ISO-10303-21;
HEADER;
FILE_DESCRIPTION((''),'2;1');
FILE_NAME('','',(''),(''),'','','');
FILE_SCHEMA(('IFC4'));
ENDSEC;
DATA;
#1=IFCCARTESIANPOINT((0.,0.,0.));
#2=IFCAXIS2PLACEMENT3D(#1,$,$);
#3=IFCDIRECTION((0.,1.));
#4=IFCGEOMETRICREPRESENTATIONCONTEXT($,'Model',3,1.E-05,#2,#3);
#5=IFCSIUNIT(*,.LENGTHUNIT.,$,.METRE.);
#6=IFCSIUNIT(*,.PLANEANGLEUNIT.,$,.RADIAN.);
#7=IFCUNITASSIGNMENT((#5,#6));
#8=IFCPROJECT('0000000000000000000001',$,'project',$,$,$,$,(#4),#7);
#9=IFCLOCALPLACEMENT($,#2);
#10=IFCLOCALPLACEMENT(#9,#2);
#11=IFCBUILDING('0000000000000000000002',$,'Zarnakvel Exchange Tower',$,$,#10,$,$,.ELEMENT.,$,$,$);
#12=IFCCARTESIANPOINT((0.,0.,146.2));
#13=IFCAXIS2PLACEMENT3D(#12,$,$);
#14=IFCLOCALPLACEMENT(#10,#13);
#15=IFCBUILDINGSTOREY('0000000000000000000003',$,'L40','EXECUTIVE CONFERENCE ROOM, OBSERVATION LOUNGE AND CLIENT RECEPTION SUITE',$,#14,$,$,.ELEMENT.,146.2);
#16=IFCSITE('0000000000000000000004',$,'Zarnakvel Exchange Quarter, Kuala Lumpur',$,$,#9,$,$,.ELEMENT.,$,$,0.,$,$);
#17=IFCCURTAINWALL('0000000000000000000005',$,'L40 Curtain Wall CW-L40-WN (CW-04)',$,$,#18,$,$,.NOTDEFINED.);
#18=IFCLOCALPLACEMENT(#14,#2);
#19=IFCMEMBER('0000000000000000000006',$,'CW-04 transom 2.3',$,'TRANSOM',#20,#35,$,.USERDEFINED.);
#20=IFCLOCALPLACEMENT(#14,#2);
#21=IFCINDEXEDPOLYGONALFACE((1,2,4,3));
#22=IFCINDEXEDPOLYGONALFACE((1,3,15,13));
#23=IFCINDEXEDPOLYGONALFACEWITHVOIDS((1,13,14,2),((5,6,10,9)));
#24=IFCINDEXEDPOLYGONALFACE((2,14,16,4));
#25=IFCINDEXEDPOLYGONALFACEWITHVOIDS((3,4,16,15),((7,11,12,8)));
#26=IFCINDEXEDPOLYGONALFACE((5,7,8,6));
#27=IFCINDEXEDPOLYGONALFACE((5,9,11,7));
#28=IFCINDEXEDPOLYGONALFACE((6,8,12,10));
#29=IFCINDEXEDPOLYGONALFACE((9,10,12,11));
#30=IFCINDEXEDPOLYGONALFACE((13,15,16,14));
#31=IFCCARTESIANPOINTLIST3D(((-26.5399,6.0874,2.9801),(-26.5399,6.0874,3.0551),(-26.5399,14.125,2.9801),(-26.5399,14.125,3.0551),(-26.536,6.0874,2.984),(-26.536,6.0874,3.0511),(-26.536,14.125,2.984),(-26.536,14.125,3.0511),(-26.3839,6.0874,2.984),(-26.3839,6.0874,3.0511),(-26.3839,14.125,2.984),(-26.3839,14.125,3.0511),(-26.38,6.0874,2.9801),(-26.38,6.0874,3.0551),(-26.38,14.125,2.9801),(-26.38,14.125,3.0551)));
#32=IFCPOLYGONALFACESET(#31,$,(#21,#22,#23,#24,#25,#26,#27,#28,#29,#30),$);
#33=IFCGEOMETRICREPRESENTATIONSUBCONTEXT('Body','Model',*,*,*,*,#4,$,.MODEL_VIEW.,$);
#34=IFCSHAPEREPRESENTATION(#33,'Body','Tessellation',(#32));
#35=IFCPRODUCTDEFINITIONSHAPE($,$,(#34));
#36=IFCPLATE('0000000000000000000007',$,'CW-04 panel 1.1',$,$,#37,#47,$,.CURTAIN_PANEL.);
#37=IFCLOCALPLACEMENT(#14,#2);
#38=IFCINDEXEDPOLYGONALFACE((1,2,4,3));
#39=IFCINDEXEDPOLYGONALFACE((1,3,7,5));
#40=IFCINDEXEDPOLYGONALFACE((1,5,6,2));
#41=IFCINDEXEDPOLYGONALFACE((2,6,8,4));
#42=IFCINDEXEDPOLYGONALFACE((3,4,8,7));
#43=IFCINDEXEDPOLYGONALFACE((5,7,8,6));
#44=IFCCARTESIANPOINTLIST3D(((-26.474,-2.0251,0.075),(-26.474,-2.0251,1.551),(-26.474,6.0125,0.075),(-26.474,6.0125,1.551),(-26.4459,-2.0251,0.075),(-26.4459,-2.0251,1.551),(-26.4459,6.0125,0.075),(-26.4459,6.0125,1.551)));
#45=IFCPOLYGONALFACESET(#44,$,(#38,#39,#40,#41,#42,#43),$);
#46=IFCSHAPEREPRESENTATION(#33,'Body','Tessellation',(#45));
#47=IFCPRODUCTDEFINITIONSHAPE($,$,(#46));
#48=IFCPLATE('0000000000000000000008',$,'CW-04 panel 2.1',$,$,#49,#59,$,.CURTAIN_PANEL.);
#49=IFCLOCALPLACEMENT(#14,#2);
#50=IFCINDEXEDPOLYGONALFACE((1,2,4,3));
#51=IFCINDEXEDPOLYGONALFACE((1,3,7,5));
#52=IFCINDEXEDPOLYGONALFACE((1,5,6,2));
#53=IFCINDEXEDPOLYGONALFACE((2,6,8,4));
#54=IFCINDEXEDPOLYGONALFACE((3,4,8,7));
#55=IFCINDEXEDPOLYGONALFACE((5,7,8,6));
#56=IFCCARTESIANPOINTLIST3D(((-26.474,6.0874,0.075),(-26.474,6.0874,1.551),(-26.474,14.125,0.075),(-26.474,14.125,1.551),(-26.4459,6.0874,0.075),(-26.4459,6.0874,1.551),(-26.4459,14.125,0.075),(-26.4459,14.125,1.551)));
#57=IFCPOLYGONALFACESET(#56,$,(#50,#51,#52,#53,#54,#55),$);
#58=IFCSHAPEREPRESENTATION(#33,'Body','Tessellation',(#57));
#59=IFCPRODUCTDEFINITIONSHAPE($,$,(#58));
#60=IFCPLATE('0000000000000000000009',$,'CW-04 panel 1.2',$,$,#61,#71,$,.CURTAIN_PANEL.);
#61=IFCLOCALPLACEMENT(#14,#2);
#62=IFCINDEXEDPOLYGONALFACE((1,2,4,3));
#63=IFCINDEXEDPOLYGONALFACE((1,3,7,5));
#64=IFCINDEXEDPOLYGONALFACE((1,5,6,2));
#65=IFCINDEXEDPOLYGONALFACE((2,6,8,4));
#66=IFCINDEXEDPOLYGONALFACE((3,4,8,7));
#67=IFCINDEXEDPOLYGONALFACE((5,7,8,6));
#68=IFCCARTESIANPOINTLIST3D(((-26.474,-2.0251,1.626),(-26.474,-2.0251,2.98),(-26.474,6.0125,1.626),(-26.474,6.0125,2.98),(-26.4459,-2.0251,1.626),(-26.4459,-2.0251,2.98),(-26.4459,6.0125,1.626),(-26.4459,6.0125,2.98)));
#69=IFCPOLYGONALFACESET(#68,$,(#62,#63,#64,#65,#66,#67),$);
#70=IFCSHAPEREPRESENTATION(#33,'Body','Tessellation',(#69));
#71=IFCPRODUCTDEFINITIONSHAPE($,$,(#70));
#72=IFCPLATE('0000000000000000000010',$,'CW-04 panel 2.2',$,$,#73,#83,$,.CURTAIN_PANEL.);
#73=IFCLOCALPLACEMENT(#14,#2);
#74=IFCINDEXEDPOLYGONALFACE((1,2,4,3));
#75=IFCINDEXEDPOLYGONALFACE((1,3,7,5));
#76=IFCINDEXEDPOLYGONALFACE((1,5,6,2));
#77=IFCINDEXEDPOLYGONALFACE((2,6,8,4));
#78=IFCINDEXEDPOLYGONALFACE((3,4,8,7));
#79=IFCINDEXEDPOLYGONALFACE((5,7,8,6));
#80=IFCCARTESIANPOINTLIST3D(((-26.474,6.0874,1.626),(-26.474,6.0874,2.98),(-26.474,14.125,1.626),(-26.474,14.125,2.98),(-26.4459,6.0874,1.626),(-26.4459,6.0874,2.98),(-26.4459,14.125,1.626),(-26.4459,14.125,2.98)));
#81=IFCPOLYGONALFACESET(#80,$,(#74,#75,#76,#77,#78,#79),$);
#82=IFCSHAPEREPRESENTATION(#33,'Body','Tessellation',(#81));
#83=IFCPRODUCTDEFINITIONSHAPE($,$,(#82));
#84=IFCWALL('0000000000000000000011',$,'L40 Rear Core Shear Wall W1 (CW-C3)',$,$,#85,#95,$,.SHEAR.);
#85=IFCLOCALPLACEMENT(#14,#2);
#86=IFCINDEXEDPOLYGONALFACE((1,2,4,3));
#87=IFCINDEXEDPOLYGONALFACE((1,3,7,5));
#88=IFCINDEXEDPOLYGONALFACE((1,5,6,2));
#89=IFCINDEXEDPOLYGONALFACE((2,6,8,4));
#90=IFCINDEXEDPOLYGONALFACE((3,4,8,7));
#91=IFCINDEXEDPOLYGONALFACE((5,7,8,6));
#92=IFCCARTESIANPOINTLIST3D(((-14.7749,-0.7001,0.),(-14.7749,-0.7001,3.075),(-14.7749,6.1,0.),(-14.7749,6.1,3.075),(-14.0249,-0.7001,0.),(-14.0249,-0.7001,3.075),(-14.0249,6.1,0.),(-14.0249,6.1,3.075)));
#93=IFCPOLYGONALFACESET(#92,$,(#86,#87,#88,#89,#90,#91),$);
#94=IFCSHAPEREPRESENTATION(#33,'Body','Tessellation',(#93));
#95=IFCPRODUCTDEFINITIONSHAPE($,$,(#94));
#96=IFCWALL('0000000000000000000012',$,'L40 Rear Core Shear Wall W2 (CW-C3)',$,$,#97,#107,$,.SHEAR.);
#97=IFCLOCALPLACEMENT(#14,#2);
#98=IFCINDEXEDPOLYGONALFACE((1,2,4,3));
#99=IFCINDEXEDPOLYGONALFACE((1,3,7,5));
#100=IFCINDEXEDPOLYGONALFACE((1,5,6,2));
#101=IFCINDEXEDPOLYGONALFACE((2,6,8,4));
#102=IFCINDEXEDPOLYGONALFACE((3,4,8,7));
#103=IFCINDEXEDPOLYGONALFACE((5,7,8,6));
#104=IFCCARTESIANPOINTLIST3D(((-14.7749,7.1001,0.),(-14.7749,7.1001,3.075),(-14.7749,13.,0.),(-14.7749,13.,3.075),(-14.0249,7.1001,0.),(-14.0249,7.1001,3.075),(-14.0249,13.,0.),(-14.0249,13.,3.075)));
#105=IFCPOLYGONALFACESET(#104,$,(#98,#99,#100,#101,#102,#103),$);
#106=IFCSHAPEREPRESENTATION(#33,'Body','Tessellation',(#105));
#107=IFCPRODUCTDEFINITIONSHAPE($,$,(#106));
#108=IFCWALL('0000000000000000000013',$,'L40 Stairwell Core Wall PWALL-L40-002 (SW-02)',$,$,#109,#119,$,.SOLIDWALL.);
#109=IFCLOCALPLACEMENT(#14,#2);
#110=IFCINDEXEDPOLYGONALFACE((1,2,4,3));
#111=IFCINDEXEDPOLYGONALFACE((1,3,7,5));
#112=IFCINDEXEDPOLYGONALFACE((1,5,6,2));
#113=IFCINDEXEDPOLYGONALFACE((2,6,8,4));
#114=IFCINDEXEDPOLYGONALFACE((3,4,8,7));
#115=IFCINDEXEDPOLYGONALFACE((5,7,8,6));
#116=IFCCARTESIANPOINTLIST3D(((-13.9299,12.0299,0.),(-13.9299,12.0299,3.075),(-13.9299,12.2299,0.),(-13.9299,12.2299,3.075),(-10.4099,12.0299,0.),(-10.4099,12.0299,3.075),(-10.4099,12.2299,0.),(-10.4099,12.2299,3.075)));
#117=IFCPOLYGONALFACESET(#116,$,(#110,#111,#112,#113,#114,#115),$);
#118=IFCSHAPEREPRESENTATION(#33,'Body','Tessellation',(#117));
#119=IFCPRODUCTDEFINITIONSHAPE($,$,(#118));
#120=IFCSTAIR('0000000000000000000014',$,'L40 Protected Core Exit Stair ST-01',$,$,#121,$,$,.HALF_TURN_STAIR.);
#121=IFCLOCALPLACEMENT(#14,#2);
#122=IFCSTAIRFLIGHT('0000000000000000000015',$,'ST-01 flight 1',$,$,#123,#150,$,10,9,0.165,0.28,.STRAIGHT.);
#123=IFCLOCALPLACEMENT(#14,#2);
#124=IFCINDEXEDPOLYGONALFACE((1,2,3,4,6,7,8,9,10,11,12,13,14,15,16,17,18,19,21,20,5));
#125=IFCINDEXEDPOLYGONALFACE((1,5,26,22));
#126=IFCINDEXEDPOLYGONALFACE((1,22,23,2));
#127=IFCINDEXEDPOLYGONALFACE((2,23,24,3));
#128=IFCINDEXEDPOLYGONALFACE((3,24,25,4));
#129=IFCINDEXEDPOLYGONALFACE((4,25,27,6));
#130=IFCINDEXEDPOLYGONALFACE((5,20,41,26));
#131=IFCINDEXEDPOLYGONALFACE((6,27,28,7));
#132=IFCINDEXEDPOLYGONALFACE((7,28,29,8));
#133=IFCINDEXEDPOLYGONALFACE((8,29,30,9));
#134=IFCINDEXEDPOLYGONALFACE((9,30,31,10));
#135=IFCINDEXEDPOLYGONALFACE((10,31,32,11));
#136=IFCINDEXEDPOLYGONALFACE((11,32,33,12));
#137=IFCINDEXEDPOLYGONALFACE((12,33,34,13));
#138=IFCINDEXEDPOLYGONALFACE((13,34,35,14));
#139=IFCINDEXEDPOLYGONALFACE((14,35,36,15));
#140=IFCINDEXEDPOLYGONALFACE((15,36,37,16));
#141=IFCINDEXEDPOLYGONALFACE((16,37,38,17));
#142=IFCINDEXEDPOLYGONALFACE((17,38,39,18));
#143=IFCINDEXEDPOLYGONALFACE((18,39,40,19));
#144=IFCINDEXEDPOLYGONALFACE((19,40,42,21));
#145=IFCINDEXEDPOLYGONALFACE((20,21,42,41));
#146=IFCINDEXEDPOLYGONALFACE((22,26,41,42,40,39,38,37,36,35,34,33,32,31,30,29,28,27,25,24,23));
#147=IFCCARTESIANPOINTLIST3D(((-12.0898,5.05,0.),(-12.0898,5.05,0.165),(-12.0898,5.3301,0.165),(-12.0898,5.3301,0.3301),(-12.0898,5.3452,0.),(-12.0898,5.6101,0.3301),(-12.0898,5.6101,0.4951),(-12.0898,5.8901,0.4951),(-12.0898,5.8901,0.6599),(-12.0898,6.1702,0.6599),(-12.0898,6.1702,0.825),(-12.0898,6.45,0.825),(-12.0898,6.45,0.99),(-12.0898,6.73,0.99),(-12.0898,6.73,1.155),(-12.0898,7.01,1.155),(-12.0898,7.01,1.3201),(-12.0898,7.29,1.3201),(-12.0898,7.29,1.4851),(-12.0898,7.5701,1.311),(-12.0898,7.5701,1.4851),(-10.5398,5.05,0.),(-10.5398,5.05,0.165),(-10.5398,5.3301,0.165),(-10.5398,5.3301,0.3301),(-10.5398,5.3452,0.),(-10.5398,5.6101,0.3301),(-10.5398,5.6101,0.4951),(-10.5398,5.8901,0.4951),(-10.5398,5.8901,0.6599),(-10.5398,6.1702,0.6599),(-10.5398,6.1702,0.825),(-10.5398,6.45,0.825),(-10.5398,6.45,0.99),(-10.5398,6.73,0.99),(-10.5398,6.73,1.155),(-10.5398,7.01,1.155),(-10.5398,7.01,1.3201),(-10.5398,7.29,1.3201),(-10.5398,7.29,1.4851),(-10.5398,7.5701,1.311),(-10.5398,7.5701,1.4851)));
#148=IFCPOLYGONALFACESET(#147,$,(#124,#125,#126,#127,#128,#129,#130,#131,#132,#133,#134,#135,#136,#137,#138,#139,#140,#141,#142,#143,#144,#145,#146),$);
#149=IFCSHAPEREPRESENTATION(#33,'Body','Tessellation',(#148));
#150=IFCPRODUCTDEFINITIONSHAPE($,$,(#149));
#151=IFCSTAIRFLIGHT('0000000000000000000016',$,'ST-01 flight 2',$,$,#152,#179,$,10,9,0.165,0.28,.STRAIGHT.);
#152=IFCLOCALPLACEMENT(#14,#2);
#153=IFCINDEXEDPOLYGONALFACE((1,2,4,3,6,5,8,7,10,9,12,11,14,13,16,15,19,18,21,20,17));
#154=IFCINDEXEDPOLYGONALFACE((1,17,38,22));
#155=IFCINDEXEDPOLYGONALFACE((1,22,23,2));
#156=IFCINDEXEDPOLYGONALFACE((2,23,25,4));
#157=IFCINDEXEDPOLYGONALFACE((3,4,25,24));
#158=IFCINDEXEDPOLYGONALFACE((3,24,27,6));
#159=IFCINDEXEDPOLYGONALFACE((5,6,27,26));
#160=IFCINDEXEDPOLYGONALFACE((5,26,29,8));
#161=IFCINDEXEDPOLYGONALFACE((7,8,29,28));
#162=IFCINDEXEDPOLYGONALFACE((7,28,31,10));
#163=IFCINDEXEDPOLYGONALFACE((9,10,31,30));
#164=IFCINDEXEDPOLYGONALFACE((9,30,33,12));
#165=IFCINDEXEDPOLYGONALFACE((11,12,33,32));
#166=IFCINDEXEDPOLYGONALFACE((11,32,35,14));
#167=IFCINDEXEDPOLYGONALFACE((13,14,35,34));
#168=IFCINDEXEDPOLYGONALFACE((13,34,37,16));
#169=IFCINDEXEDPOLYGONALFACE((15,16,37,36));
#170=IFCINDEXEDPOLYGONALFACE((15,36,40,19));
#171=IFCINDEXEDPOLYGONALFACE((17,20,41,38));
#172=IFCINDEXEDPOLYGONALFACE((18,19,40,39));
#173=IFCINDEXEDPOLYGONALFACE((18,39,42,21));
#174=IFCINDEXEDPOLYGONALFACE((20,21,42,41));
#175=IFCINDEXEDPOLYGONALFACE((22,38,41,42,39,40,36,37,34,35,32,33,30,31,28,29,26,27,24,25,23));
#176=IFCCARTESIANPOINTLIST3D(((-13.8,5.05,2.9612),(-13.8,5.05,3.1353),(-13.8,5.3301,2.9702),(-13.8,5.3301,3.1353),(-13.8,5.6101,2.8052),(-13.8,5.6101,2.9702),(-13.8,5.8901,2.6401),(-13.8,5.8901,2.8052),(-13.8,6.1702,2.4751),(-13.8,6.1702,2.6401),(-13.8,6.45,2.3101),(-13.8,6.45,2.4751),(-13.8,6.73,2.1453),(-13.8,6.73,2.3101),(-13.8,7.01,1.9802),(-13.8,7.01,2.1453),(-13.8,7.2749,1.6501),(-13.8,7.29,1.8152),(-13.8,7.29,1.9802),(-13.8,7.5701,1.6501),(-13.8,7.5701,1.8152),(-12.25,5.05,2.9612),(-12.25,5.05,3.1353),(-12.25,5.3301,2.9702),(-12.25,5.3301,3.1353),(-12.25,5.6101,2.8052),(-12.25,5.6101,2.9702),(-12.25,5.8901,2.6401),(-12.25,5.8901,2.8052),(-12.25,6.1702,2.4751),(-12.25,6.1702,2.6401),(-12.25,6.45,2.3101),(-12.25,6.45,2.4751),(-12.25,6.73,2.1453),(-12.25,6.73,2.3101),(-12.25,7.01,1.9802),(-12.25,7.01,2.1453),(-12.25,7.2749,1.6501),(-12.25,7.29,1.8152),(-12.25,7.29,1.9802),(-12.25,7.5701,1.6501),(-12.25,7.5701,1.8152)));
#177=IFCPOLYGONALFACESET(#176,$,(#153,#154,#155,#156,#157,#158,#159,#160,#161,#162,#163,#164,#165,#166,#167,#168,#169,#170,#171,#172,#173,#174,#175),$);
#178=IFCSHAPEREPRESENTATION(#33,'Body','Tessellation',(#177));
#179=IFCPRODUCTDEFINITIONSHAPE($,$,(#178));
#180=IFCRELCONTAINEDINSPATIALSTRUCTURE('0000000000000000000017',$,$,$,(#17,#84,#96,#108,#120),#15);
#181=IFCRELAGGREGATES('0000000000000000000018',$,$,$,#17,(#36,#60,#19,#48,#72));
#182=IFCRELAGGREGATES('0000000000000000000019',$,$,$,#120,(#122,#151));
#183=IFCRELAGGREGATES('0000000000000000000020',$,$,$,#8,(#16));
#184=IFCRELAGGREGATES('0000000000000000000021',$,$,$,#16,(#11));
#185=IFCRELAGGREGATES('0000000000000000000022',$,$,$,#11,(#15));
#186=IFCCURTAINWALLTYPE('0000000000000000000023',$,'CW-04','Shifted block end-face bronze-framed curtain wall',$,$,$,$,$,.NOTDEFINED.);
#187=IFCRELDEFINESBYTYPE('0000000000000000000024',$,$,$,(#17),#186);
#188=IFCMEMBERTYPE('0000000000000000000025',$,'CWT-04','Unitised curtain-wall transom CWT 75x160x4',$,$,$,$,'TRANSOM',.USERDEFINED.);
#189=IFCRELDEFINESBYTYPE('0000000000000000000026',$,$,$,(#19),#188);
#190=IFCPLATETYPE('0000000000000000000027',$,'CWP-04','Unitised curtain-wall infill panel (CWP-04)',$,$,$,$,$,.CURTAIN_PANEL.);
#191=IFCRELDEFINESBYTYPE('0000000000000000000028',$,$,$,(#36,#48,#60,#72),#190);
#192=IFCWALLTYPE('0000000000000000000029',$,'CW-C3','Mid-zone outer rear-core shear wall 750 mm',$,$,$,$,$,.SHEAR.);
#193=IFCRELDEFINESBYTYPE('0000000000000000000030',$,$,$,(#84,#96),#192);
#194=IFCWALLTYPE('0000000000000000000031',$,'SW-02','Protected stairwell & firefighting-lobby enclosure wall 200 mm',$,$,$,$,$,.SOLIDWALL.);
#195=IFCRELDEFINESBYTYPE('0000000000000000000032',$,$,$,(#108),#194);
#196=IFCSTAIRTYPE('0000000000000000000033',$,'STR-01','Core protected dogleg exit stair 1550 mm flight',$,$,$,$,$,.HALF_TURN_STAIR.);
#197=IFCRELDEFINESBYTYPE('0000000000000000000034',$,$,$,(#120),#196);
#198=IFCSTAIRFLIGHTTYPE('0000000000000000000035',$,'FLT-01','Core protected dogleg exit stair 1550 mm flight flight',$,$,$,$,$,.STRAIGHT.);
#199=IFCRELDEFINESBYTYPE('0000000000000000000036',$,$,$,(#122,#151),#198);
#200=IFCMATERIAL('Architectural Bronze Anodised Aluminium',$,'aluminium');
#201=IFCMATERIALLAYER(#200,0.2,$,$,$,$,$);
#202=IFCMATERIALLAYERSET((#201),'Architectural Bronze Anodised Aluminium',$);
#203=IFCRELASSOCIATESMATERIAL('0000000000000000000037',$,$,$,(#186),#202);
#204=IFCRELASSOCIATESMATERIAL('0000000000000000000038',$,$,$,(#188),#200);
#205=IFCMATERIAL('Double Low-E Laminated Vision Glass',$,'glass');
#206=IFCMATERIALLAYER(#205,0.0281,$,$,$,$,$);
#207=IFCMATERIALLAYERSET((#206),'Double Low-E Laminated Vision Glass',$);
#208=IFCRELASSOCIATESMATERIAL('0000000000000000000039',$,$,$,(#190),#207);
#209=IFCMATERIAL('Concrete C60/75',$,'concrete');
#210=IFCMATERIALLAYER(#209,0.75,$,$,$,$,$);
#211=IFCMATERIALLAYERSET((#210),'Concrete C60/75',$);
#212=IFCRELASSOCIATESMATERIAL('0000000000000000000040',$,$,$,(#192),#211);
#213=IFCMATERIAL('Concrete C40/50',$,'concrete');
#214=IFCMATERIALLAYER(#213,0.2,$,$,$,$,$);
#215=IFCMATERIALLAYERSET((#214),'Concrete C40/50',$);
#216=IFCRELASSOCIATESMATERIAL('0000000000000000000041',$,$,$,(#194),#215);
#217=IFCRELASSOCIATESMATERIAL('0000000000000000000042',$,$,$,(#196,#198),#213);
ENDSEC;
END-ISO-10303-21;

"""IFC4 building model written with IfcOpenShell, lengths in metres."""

from ifc_helpers import new_model, si_unit, direction, frame, frame_2d, origin, origin_2d, place, context, subcontext, project, spatial, polyline, rectangle, hollow_rectangle, outline, extrude, source, transform, mapped, material, layer, layer_set, material_profile, profile_set, type_object, element, aggregate, save


model = new_model("IFC4")

# Units and contexts
model_context = context("Model", 3, precision=1e-05, world=origin(), true_north=direction((0.0, 1.0)))
body_context = subcontext(model_context, "Body", "Model", "MODEL_VIEW")
ifc_project = project(units=[si_unit("LENGTHUNIT", "METRE"), si_unit("PLANEANGLEUNIT", "RADIAN")], contexts=[model_context])

# Site, building, storey
site_placement = place(None, origin())
site = spatial("IfcSite", under=ifc_project, at=site_placement, Name="Zarnakvel Exchange Quarter, Kuala Lumpur", CompositionType="ELEMENT", RefElevation=0.0)
building_placement = place(site_placement, origin())
building = spatial("IfcBuilding", under=site, at=building_placement, Name="Zarnakvel Exchange Tower", CompositionType="ELEMENT")
storey_placement = place(building_placement, frame((0.0, 0.0, 146.2)))
storey = spatial("IfcBuildingStorey", under=building, at=storey_placement, Name="L40", Description="EXECUTIVE CONFERENCE ROOM, OBSERVATION LOUNGE AND CLIENT RECEPTION SUITE", CompositionType="ELEMENT", Elevation=146.2)

# Shared definitions
ifc_material_1 = material(Name="Concrete C60/75", Category="concrete")

# Curtain wall, member, plates
ifc_material_2 = material(Name="Architectural Bronze Anodised Aluminium", Category="aluminium")
ifc_layer_1 = layer(ifc_material_2, 0.2)
ifc_layer_set_1 = layer_set([ifc_layer_1], Name="Architectural Bronze Anodised Aluminium")
curtain_wall_type = type_object("IfcCurtainWallType", Name="CW-04", Description="Shifted block end-face bronze-framed curtain wall", PredefinedType="NOTDEFINED", material=ifc_layer_set_1)
curtain_wall_placement = place(storey_placement, origin())
curtain_wall = element("IfcCurtainWall", 1, at=curtain_wall_placement, inside=storey, type_object=curtain_wall_type, Name="L40 Curtain Wall CW-L40-WN (CW-04)", PredefinedType="NOTDEFINED")
ifc_material_profile_1 = material_profile(ifc_material_2, hollow_rectangle(XDim=0.1599, YDim=0.075, WallThickness=0.0039, at=origin_2d()))
ifc_profile_set_1 = profile_set([ifc_material_profile_1], Name="Architectural Bronze Anodised Aluminium")
member_type_1 = type_object("IfcMemberType", Name="CWT-04", Description="Unitised curtain-wall transom CWT 75x160x4", ElementType="TRANSOM", PredefinedType="USERDEFINED", material=ifc_profile_set_1)
shared_shape_1 = source(origin(), body_context, "Body", "SweptSolid", [
    extrude(hollow_rectangle(XDim=0.1599, YDim=0.075, WallThickness=0.0039, at=origin_2d()), origin(), (0.0, 0.0, 1.0), 8.0376),
])
member_1_placement = place(storey_placement, frame((-26.46, 6.0874, 3.0176), z_axis=(0.0, 1.0, 0.0), x_axis=(-1.0, 0.0, 0.0)))
member_1 = element("IfcMember", 2, at=member_1_placement, type_object=member_type_1, Name="CW-04 transom 2.3", ObjectType="TRANSOM", PredefinedType="USERDEFINED", context=body_context, shape_type="MappedRepresentation", body=[
    mapped(shared_shape_1, transform((0.0, 0.0, 0.0), x_axis=(1.0, 0.0, 0.0), y_axis=(0.0, 1.0, 0.0), z_axis=(0.0, 0.0, 1.0), scale=1.0)),
])
ifc_material_3 = material(Name="Double Low-E Laminated Vision Glass", Category="glass")
ifc_layer_2 = layer(ifc_material_3, 0.0281)
ifc_layer_set_2 = layer_set([ifc_layer_2], Name="Double Low-E Laminated Vision Glass")
plate_type = type_object("IfcPlateType", Name="CWP-04", Description="Unitised curtain-wall infill panel (CWP-04)", PredefinedType="CURTAIN_PANEL", material=ifc_layer_set_2)
shared_shape_2 = source(origin(), body_context, "Body", "SweptSolid", [
    extrude(rectangle(XDim=8.0376, YDim=0.0281, at=origin_2d()), origin(), (0.0, 0.0, 1.0), 1.4761),
])
plate_1_placement = place(storey_placement, frame((-26.46, 1.9937, 0.075), z_axis=(0.0, 0.0, 1.0), x_axis=(0.0, 1.0, 0.0)))
plate_1 = element("IfcPlate", 3, at=plate_1_placement, type_object=plate_type, Name="CW-04 panel 1.1", PredefinedType="CURTAIN_PANEL", context=body_context, shape_type="MappedRepresentation", body=[
    mapped(shared_shape_2, transform((0.0, 0.0, 0.0), x_axis=(1.0, 0.0, 0.0), y_axis=(0.0, 1.0, 0.0), z_axis=(0.0, 0.0, 1.0), scale=1.0)),
])
plate_2_placement = place(storey_placement, frame((-26.46, 10.1062, 0.075), z_axis=(0.0, 0.0, 1.0), x_axis=(0.0, 1.0, 0.0)))
plate_2 = element("IfcPlate", 4, at=plate_2_placement, type_object=plate_type, Name="CW-04 panel 2.1", PredefinedType="CURTAIN_PANEL", context=body_context, shape_type="MappedRepresentation", body=[
    mapped(shared_shape_2, transform((0.0, 0.0, 0.0), x_axis=(1.0, 0.0, 0.0), y_axis=(0.0, 1.0, 0.0), z_axis=(0.0, 0.0, 1.0), scale=1.0)),
])
shared_shape_3 = source(origin(), body_context, "Body", "SweptSolid", [
    extrude(rectangle(XDim=8.0376, YDim=0.0281, at=origin_2d()), origin(), (0.0, 0.0, 1.0), 1.354),
])
plate_3_placement = place(storey_placement, frame((-26.46, 1.9937, 1.626), z_axis=(0.0, 0.0, 1.0), x_axis=(0.0, 1.0, 0.0)))
plate_3 = element("IfcPlate", 5, at=plate_3_placement, type_object=plate_type, Name="CW-04 panel 1.2", PredefinedType="CURTAIN_PANEL", context=body_context, shape_type="MappedRepresentation", body=[
    mapped(shared_shape_3, transform((0.0, 0.0, 0.0), x_axis=(1.0, 0.0, 0.0), y_axis=(0.0, 1.0, 0.0), z_axis=(0.0, 0.0, 1.0), scale=1.0)),
])
plate_4_placement = place(storey_placement, frame((-26.46, 10.1062, 1.626), z_axis=(0.0, 0.0, 1.0), x_axis=(0.0, 1.0, 0.0)))
plate_4 = element("IfcPlate", 6, at=plate_4_placement, type_object=plate_type, Name="CW-04 panel 2.2", PredefinedType="CURTAIN_PANEL", context=body_context, shape_type="MappedRepresentation", body=[
    mapped(shared_shape_3, transform((0.0, 0.0, 0.0), x_axis=(1.0, 0.0, 0.0), y_axis=(0.0, 1.0, 0.0), z_axis=(0.0, 0.0, 1.0), scale=1.0)),
])
aggregate(curtain_wall, [plate_1, plate_3, member_1, plate_2, plate_4])

# Walls
ifc_layer_3 = layer(ifc_material_1, 0.75)
ifc_layer_set_3 = layer_set([ifc_layer_3], Name="Concrete C60/75")
wall_type_1 = type_object("IfcWallType", Name="CW-C3", Description="Mid-zone outer rear-core shear wall 750 mm", PredefinedType="SHEAR", material=ifc_layer_set_3)
wall_1_placement = place(storey_placement, frame((-14.3999, -0.7, 0.0), z_axis=(0.0, 0.0, 1.0), x_axis=(0.0, 1.0, 0.0)))
element("IfcWall", 7, at=wall_1_placement, inside=storey, type_object=wall_type_1, Name="L40 Rear Core Shear Wall W1 (CW-C3)", PredefinedType="SHEAR", context=body_context, shape_type="SweptSolid", body=[
    extrude(rectangle(XDim=6.8, YDim=0.75, at=frame_2d((3.3999, 0.0))), origin(), (0.0, 0.0, 1.0), 3.075),
])
wall_2_placement = place(storey_placement, frame((-14.3999, 7.1001, 0.0), z_axis=(0.0, 0.0, 1.0), x_axis=(0.0, 1.0, 0.0)))
element("IfcWall", 8, at=wall_2_placement, inside=storey, type_object=wall_type_1, Name="L40 Rear Core Shear Wall W2 (CW-C3)", PredefinedType="SHEAR", context=body_context, shape_type="SweptSolid", body=[
    extrude(rectangle(XDim=5.8999, YDim=0.75, at=frame_2d((2.95, 0.0))), origin(), (0.0, 0.0, 1.0), 3.075),
])
ifc_material_4 = material(Name="Concrete C40/50", Category="concrete")
ifc_layer_4 = layer(ifc_material_4, 0.2)
ifc_layer_set_4 = layer_set([ifc_layer_4], Name="Concrete C40/50")
wall_type_2 = type_object("IfcWallType", Name="SW-02", Description="Protected stairwell & firefighting-lobby enclosure wall 200 mm", PredefinedType="SOLIDWALL", material=ifc_layer_set_4)
wall_3_placement = place(storey_placement, frame((-13.9299, 12.1299, 0.0), z_axis=(0.0, 0.0, 1.0), x_axis=(1.0, 0.0, 0.0)))
element("IfcWall", 9, at=wall_3_placement, inside=storey, type_object=wall_type_2, Name="L40 Stairwell Core Wall PWALL-L40-002 (SW-02)", PredefinedType="SOLIDWALL", context=body_context, shape_type="SweptSolid", body=[
    extrude(rectangle(XDim=3.52, YDim=0.2, at=frame_2d((1.76, 0.0))), origin(), (0.0, 0.0, 1.0), 3.075),
])

# Stair, stair flights
stair_type = type_object("IfcStairType", Name="STR-01", Description="Core protected dogleg exit stair 1550 mm flight", PredefinedType="HALF_TURN_STAIR", material=ifc_material_4)
stair_placement = place(storey_placement, origin())
stair = element("IfcStair", 10, at=stair_placement, inside=storey, type_object=stair_type, Name="L40 Protected Core Exit Stair ST-01", PredefinedType="HALF_TURN_STAIR")
stair_flight_type = type_object("IfcStairFlightType", Name="FLT-01", Description="Core protected dogleg exit stair 1550 mm flight flight", PredefinedType="STRAIGHT", material=ifc_material_4)
stair_flight_1_placement = place(storey_placement, frame((-11.3149, 5.05, 0.0), z_axis=(0.0, 0.0, 1.0), x_axis=(0.0, 1.0, 0.0)))
stair_flight_1 = element("IfcStairFlight", 11, at=stair_flight_1_placement, type_object=stair_flight_type, Name="ST-01 flight 1", NumberOfRisers=10, NumberOfTreads=9, PredefinedType="STRAIGHT", RiserHeight=0.165, TreadLength=0.28, context=body_context, shape_type="SweptSolid", body=[
    extrude(outline(polyline([(0.0, 0.0), (0.0, 0.165), (0.28, 0.165), (0.28, 0.3301), (0.5601, 0.3301), (0.5601, 0.4951), (0.8401, 0.4951), (0.8401, 0.6599), (1.1201, 0.6599), (1.1201, 0.825), (1.3999, 0.825), (1.3999, 0.99), (1.6799, 0.99), (1.6799, 1.155), (1.96, 1.155), (1.96, 1.3201), (2.24, 1.3201), (2.24, 1.4851), (2.52, 1.4851), (2.52, 1.6499), (2.52, 1.311), (0.2952, 0.0), (0.0, 0.0)])), frame((0.0, 0.7749, 0.0), z_axis=(0.0, -1.0, 0.0), x_axis=(1.0, 0.0, 0.0)), (0.0, 0.0, 1.0), 1.55),
])
stair_flight_2_placement = place(storey_placement, frame((-13.0249, 7.5701, 1.6501), z_axis=(0.0, 0.0, 1.0), x_axis=(0.0, -1.0, 0.0)))
stair_flight_2 = element("IfcStairFlight", 12, at=stair_flight_2_placement, type_object=stair_flight_type, Name="ST-01 flight 2", NumberOfRisers=10, NumberOfTreads=9, PredefinedType="STRAIGHT", RiserHeight=0.165, TreadLength=0.28, context=body_context, shape_type="SweptSolid", body=[
    extrude(outline(polyline([(0.0, 0.0), (0.0, 0.165), (0.28, 0.165), (0.28, 0.3301), (0.5601, 0.3301), (0.5601, 0.4951), (0.8401, 0.4951), (0.8401, 0.6599), (1.1201, 0.6599), (1.1201, 0.825), (1.3999, 0.825), (1.3999, 0.99), (1.6799, 0.99), (1.6799, 1.155), (1.96, 1.155), (1.96, 1.3201), (2.24, 1.3201), (2.24, 1.4851), (2.52, 1.4851), (2.52, 1.6499), (2.52, 1.311), (0.2952, 0.0), (0.0, 0.0)])), frame((0.0, 0.7749, 0.0), z_axis=(0.0, -1.0, 0.0), x_axis=(1.0, 0.0, 0.0)), (0.0, 0.0, 1.0), 1.55),
])
aggregate(stair, [stair_flight_1, stair_flight_2])

save(model, "model.ifc")
